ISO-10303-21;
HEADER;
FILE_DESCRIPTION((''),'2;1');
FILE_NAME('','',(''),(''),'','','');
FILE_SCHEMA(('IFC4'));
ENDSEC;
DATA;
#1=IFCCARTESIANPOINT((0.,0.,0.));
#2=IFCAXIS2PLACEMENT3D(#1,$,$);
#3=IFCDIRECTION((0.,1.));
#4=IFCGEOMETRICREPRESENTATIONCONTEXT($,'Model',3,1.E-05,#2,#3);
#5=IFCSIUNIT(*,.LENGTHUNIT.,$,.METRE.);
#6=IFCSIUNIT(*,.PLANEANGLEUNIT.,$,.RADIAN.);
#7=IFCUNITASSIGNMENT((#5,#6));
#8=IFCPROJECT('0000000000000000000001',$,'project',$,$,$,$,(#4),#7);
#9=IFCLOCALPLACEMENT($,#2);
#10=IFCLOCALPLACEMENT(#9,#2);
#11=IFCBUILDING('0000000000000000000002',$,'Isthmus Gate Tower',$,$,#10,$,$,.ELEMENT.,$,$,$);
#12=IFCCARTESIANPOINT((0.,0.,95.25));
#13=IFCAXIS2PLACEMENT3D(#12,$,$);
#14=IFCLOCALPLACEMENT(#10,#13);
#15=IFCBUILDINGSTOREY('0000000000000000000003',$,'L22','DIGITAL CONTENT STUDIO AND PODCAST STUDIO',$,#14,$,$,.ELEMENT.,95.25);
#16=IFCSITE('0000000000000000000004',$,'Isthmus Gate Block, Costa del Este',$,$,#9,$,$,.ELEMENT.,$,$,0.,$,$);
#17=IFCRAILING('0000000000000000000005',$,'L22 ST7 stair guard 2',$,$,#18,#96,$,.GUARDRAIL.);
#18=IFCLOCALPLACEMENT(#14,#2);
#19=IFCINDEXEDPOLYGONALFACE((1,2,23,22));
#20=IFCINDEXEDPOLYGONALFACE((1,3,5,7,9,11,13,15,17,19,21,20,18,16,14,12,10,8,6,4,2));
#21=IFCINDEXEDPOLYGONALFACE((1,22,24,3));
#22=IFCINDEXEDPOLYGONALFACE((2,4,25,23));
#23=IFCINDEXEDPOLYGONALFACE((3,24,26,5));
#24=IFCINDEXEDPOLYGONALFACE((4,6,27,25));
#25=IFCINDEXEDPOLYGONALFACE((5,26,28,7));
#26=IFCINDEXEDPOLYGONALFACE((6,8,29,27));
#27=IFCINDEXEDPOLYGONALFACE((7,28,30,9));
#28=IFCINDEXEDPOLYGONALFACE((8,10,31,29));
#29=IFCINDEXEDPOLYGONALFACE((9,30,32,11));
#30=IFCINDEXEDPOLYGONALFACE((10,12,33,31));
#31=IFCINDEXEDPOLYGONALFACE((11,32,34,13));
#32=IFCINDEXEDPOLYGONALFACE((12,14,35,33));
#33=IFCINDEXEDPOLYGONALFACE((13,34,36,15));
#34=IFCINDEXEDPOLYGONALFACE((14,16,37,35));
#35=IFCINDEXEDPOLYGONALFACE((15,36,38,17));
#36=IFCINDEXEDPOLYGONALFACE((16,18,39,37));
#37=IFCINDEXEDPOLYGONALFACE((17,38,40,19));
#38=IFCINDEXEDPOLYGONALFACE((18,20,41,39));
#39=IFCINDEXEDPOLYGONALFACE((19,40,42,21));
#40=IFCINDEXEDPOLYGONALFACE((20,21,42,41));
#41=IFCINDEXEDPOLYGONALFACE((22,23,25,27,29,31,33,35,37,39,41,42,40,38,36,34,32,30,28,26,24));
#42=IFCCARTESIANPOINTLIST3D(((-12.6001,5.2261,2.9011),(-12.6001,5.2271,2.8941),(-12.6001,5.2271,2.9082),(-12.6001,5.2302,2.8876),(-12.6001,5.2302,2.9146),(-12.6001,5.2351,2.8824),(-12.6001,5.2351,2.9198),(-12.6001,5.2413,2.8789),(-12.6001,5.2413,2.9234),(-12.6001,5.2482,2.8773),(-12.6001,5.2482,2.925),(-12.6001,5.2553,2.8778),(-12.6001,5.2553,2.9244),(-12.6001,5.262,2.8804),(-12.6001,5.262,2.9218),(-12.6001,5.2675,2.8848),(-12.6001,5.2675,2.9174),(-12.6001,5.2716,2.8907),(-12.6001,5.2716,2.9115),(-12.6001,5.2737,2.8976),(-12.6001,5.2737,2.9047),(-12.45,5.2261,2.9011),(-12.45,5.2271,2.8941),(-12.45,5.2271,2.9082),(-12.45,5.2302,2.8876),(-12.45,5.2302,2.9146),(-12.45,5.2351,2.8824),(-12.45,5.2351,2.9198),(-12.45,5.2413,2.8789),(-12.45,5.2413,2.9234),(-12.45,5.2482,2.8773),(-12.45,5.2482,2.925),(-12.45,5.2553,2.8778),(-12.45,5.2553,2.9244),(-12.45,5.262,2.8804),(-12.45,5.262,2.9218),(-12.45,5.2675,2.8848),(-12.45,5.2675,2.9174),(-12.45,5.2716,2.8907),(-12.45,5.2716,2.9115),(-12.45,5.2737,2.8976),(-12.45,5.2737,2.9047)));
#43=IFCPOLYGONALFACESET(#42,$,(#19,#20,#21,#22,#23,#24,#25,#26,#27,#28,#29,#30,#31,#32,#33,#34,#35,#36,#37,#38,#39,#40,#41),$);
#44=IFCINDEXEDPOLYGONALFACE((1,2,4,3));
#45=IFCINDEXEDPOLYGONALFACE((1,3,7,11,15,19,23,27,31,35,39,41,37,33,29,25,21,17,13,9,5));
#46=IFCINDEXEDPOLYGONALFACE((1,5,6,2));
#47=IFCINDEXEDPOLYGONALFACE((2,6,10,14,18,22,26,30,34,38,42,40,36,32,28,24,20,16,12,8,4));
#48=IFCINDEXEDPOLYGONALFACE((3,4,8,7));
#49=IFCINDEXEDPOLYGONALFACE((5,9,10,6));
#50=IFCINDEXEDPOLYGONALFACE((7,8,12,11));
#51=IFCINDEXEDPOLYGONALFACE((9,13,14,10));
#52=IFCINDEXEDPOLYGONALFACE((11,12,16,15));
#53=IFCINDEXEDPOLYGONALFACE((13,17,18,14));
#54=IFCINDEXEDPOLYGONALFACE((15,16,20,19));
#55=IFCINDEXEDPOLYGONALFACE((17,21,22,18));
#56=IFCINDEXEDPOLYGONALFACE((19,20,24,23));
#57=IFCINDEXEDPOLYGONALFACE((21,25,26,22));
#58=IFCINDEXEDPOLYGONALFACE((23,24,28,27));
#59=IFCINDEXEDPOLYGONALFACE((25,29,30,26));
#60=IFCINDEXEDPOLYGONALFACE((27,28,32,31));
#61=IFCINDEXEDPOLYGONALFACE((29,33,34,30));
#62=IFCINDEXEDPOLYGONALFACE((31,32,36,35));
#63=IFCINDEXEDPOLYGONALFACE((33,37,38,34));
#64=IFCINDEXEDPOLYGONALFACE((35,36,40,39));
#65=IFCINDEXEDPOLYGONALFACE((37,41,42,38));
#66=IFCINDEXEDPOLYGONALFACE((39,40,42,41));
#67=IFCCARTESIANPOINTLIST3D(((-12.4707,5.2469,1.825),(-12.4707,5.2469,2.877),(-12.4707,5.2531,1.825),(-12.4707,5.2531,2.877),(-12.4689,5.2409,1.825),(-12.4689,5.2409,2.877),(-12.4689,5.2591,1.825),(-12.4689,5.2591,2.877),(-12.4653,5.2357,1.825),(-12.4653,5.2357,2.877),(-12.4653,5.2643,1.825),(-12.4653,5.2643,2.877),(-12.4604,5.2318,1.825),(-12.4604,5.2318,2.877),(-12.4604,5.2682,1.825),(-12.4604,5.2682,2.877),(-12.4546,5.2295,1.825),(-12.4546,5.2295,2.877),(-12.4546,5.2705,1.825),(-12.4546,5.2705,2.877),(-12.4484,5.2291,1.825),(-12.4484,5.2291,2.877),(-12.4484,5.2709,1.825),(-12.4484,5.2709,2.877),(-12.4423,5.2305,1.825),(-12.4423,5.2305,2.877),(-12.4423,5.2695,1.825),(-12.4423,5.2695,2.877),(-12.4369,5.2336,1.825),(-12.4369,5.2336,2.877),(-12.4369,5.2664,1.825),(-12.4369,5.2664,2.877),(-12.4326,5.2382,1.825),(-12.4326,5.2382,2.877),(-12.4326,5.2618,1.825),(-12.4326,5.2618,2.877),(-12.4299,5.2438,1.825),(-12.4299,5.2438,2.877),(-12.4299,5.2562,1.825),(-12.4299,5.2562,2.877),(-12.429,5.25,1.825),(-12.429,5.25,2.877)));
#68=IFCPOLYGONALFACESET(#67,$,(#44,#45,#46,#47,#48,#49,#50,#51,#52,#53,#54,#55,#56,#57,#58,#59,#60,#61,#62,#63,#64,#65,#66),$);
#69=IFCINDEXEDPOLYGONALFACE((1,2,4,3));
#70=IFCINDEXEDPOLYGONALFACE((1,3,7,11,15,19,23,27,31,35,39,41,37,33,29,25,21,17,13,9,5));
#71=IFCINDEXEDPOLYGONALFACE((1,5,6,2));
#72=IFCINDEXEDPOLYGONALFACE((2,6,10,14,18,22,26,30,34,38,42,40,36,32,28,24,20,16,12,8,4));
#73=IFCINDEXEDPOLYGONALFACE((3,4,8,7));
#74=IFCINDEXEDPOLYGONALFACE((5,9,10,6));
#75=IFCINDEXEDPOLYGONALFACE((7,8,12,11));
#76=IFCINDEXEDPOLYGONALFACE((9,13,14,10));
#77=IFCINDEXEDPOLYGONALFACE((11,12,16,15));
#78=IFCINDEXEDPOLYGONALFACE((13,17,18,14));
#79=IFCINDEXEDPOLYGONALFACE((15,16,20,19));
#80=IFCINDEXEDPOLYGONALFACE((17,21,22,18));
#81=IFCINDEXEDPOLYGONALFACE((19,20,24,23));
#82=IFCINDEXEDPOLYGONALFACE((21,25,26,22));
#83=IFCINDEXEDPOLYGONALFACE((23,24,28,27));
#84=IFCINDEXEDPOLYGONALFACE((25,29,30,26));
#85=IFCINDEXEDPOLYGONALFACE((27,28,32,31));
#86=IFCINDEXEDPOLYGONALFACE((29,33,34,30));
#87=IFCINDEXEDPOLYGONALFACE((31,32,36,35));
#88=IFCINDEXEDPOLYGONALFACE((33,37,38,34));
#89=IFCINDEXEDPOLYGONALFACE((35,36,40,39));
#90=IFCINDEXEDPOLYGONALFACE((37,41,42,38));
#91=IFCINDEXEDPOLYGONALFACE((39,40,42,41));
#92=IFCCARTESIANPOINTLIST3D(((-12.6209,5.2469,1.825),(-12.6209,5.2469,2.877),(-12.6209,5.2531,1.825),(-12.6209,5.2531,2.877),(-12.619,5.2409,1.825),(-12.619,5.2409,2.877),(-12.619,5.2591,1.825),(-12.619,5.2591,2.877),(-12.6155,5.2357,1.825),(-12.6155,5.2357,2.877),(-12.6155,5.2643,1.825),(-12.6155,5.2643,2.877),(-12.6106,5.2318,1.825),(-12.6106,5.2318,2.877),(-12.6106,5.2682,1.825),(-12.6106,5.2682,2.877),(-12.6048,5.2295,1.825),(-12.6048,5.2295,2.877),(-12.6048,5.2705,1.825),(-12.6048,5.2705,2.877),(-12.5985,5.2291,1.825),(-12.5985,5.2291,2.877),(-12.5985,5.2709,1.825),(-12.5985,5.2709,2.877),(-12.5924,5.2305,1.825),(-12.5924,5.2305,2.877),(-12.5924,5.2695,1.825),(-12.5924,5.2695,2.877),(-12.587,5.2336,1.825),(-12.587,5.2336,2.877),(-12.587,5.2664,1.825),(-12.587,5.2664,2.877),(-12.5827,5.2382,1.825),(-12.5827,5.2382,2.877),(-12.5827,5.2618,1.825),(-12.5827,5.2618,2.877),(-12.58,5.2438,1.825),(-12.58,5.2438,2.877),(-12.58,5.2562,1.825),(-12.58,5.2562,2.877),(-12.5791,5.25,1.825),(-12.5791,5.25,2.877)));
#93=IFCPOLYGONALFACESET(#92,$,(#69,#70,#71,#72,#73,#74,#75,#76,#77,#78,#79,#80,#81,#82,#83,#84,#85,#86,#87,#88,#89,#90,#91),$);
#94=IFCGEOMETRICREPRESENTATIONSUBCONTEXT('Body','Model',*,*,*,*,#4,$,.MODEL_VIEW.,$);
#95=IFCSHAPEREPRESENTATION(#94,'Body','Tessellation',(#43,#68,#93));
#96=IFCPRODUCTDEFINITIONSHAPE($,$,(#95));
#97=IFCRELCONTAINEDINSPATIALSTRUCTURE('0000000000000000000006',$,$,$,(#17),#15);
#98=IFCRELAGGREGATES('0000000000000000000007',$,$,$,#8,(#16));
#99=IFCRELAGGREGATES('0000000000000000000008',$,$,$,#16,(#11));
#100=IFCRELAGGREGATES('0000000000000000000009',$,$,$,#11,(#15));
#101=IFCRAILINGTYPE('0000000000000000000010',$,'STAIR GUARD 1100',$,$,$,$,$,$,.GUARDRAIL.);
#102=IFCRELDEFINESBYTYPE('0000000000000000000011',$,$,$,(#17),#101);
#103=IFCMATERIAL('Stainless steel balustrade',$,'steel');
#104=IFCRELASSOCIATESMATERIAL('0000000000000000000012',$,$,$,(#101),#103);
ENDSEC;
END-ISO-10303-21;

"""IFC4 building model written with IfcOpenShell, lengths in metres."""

from ifc_helpers import new_model, si_unit, direction, frame, origin, origin_2d, place, context, subcontext, project, spatial, circle, extrude, material, type_object, element, save


model = new_model("IFC4")

# Units and contexts
model_context = context("Model", 3, precision=1e-05, world=origin(), true_north=direction((0.0, 1.0)))
body_context = subcontext(model_context, "Body", "Model", "MODEL_VIEW")
ifc_project = project(units=[si_unit("LENGTHUNIT", "METRE"), si_unit("PLANEANGLEUNIT", "RADIAN")], contexts=[model_context])

# Site, building, storey
site_placement = place(None, origin())
site = spatial("IfcSite", under=ifc_project, at=site_placement, Name="Isthmus Gate Block, Costa del Este", CompositionType="ELEMENT", RefElevation=0.0)
building_placement = place(site_placement, origin())
building = spatial("IfcBuilding", under=site, at=building_placement, Name="Isthmus Gate Tower", CompositionType="ELEMENT")
storey_placement = place(building_placement, frame((0.0, 0.0, 95.25)))
storey = spatial("IfcBuildingStorey", under=building, at=storey_placement, Name="L22", Description="DIGITAL CONTENT STUDIO AND PODCAST STUDIO", CompositionType="ELEMENT", Elevation=95.25)

# Railing
ifc_material_1 = material(Name="Stainless steel balustrade", Category="steel")
railing_type_1 = type_object("IfcRailingType", Name="STAIR GUARD 1100", PredefinedType="GUARDRAIL", material=ifc_material_1)
railing_1_placement = place(storey_placement, frame((-12.45, 5.25, 1.825)))
element("IfcRailing", 1, at=railing_1_placement, inside=storey, type_object=railing_type_1, Name="L22 ST7 stair guard 2", PredefinedType="GUARDRAIL", context=body_context, shape_type="SweptSolid", body=[
    extrude(circle(Radius=0.0239, at=origin_2d()), frame((0.0, 0.0, 1.0762), z_axis=(-1.0, 0.0, 0.0), x_axis=(0.0, -1.0, 0.0)), (0.0, 0.0, 1.0), 0.1501),
    extrude(circle(Radius=0.021, at=origin_2d()), origin(), (0.0, 0.0, 1.0), 1.052),
    extrude(circle(Radius=0.021, at=origin_2d()), frame((-0.1501, 0.0, 0.0)), (0.0, 0.0, 1.0), 1.052),
])

save(model, "model.ifc")
